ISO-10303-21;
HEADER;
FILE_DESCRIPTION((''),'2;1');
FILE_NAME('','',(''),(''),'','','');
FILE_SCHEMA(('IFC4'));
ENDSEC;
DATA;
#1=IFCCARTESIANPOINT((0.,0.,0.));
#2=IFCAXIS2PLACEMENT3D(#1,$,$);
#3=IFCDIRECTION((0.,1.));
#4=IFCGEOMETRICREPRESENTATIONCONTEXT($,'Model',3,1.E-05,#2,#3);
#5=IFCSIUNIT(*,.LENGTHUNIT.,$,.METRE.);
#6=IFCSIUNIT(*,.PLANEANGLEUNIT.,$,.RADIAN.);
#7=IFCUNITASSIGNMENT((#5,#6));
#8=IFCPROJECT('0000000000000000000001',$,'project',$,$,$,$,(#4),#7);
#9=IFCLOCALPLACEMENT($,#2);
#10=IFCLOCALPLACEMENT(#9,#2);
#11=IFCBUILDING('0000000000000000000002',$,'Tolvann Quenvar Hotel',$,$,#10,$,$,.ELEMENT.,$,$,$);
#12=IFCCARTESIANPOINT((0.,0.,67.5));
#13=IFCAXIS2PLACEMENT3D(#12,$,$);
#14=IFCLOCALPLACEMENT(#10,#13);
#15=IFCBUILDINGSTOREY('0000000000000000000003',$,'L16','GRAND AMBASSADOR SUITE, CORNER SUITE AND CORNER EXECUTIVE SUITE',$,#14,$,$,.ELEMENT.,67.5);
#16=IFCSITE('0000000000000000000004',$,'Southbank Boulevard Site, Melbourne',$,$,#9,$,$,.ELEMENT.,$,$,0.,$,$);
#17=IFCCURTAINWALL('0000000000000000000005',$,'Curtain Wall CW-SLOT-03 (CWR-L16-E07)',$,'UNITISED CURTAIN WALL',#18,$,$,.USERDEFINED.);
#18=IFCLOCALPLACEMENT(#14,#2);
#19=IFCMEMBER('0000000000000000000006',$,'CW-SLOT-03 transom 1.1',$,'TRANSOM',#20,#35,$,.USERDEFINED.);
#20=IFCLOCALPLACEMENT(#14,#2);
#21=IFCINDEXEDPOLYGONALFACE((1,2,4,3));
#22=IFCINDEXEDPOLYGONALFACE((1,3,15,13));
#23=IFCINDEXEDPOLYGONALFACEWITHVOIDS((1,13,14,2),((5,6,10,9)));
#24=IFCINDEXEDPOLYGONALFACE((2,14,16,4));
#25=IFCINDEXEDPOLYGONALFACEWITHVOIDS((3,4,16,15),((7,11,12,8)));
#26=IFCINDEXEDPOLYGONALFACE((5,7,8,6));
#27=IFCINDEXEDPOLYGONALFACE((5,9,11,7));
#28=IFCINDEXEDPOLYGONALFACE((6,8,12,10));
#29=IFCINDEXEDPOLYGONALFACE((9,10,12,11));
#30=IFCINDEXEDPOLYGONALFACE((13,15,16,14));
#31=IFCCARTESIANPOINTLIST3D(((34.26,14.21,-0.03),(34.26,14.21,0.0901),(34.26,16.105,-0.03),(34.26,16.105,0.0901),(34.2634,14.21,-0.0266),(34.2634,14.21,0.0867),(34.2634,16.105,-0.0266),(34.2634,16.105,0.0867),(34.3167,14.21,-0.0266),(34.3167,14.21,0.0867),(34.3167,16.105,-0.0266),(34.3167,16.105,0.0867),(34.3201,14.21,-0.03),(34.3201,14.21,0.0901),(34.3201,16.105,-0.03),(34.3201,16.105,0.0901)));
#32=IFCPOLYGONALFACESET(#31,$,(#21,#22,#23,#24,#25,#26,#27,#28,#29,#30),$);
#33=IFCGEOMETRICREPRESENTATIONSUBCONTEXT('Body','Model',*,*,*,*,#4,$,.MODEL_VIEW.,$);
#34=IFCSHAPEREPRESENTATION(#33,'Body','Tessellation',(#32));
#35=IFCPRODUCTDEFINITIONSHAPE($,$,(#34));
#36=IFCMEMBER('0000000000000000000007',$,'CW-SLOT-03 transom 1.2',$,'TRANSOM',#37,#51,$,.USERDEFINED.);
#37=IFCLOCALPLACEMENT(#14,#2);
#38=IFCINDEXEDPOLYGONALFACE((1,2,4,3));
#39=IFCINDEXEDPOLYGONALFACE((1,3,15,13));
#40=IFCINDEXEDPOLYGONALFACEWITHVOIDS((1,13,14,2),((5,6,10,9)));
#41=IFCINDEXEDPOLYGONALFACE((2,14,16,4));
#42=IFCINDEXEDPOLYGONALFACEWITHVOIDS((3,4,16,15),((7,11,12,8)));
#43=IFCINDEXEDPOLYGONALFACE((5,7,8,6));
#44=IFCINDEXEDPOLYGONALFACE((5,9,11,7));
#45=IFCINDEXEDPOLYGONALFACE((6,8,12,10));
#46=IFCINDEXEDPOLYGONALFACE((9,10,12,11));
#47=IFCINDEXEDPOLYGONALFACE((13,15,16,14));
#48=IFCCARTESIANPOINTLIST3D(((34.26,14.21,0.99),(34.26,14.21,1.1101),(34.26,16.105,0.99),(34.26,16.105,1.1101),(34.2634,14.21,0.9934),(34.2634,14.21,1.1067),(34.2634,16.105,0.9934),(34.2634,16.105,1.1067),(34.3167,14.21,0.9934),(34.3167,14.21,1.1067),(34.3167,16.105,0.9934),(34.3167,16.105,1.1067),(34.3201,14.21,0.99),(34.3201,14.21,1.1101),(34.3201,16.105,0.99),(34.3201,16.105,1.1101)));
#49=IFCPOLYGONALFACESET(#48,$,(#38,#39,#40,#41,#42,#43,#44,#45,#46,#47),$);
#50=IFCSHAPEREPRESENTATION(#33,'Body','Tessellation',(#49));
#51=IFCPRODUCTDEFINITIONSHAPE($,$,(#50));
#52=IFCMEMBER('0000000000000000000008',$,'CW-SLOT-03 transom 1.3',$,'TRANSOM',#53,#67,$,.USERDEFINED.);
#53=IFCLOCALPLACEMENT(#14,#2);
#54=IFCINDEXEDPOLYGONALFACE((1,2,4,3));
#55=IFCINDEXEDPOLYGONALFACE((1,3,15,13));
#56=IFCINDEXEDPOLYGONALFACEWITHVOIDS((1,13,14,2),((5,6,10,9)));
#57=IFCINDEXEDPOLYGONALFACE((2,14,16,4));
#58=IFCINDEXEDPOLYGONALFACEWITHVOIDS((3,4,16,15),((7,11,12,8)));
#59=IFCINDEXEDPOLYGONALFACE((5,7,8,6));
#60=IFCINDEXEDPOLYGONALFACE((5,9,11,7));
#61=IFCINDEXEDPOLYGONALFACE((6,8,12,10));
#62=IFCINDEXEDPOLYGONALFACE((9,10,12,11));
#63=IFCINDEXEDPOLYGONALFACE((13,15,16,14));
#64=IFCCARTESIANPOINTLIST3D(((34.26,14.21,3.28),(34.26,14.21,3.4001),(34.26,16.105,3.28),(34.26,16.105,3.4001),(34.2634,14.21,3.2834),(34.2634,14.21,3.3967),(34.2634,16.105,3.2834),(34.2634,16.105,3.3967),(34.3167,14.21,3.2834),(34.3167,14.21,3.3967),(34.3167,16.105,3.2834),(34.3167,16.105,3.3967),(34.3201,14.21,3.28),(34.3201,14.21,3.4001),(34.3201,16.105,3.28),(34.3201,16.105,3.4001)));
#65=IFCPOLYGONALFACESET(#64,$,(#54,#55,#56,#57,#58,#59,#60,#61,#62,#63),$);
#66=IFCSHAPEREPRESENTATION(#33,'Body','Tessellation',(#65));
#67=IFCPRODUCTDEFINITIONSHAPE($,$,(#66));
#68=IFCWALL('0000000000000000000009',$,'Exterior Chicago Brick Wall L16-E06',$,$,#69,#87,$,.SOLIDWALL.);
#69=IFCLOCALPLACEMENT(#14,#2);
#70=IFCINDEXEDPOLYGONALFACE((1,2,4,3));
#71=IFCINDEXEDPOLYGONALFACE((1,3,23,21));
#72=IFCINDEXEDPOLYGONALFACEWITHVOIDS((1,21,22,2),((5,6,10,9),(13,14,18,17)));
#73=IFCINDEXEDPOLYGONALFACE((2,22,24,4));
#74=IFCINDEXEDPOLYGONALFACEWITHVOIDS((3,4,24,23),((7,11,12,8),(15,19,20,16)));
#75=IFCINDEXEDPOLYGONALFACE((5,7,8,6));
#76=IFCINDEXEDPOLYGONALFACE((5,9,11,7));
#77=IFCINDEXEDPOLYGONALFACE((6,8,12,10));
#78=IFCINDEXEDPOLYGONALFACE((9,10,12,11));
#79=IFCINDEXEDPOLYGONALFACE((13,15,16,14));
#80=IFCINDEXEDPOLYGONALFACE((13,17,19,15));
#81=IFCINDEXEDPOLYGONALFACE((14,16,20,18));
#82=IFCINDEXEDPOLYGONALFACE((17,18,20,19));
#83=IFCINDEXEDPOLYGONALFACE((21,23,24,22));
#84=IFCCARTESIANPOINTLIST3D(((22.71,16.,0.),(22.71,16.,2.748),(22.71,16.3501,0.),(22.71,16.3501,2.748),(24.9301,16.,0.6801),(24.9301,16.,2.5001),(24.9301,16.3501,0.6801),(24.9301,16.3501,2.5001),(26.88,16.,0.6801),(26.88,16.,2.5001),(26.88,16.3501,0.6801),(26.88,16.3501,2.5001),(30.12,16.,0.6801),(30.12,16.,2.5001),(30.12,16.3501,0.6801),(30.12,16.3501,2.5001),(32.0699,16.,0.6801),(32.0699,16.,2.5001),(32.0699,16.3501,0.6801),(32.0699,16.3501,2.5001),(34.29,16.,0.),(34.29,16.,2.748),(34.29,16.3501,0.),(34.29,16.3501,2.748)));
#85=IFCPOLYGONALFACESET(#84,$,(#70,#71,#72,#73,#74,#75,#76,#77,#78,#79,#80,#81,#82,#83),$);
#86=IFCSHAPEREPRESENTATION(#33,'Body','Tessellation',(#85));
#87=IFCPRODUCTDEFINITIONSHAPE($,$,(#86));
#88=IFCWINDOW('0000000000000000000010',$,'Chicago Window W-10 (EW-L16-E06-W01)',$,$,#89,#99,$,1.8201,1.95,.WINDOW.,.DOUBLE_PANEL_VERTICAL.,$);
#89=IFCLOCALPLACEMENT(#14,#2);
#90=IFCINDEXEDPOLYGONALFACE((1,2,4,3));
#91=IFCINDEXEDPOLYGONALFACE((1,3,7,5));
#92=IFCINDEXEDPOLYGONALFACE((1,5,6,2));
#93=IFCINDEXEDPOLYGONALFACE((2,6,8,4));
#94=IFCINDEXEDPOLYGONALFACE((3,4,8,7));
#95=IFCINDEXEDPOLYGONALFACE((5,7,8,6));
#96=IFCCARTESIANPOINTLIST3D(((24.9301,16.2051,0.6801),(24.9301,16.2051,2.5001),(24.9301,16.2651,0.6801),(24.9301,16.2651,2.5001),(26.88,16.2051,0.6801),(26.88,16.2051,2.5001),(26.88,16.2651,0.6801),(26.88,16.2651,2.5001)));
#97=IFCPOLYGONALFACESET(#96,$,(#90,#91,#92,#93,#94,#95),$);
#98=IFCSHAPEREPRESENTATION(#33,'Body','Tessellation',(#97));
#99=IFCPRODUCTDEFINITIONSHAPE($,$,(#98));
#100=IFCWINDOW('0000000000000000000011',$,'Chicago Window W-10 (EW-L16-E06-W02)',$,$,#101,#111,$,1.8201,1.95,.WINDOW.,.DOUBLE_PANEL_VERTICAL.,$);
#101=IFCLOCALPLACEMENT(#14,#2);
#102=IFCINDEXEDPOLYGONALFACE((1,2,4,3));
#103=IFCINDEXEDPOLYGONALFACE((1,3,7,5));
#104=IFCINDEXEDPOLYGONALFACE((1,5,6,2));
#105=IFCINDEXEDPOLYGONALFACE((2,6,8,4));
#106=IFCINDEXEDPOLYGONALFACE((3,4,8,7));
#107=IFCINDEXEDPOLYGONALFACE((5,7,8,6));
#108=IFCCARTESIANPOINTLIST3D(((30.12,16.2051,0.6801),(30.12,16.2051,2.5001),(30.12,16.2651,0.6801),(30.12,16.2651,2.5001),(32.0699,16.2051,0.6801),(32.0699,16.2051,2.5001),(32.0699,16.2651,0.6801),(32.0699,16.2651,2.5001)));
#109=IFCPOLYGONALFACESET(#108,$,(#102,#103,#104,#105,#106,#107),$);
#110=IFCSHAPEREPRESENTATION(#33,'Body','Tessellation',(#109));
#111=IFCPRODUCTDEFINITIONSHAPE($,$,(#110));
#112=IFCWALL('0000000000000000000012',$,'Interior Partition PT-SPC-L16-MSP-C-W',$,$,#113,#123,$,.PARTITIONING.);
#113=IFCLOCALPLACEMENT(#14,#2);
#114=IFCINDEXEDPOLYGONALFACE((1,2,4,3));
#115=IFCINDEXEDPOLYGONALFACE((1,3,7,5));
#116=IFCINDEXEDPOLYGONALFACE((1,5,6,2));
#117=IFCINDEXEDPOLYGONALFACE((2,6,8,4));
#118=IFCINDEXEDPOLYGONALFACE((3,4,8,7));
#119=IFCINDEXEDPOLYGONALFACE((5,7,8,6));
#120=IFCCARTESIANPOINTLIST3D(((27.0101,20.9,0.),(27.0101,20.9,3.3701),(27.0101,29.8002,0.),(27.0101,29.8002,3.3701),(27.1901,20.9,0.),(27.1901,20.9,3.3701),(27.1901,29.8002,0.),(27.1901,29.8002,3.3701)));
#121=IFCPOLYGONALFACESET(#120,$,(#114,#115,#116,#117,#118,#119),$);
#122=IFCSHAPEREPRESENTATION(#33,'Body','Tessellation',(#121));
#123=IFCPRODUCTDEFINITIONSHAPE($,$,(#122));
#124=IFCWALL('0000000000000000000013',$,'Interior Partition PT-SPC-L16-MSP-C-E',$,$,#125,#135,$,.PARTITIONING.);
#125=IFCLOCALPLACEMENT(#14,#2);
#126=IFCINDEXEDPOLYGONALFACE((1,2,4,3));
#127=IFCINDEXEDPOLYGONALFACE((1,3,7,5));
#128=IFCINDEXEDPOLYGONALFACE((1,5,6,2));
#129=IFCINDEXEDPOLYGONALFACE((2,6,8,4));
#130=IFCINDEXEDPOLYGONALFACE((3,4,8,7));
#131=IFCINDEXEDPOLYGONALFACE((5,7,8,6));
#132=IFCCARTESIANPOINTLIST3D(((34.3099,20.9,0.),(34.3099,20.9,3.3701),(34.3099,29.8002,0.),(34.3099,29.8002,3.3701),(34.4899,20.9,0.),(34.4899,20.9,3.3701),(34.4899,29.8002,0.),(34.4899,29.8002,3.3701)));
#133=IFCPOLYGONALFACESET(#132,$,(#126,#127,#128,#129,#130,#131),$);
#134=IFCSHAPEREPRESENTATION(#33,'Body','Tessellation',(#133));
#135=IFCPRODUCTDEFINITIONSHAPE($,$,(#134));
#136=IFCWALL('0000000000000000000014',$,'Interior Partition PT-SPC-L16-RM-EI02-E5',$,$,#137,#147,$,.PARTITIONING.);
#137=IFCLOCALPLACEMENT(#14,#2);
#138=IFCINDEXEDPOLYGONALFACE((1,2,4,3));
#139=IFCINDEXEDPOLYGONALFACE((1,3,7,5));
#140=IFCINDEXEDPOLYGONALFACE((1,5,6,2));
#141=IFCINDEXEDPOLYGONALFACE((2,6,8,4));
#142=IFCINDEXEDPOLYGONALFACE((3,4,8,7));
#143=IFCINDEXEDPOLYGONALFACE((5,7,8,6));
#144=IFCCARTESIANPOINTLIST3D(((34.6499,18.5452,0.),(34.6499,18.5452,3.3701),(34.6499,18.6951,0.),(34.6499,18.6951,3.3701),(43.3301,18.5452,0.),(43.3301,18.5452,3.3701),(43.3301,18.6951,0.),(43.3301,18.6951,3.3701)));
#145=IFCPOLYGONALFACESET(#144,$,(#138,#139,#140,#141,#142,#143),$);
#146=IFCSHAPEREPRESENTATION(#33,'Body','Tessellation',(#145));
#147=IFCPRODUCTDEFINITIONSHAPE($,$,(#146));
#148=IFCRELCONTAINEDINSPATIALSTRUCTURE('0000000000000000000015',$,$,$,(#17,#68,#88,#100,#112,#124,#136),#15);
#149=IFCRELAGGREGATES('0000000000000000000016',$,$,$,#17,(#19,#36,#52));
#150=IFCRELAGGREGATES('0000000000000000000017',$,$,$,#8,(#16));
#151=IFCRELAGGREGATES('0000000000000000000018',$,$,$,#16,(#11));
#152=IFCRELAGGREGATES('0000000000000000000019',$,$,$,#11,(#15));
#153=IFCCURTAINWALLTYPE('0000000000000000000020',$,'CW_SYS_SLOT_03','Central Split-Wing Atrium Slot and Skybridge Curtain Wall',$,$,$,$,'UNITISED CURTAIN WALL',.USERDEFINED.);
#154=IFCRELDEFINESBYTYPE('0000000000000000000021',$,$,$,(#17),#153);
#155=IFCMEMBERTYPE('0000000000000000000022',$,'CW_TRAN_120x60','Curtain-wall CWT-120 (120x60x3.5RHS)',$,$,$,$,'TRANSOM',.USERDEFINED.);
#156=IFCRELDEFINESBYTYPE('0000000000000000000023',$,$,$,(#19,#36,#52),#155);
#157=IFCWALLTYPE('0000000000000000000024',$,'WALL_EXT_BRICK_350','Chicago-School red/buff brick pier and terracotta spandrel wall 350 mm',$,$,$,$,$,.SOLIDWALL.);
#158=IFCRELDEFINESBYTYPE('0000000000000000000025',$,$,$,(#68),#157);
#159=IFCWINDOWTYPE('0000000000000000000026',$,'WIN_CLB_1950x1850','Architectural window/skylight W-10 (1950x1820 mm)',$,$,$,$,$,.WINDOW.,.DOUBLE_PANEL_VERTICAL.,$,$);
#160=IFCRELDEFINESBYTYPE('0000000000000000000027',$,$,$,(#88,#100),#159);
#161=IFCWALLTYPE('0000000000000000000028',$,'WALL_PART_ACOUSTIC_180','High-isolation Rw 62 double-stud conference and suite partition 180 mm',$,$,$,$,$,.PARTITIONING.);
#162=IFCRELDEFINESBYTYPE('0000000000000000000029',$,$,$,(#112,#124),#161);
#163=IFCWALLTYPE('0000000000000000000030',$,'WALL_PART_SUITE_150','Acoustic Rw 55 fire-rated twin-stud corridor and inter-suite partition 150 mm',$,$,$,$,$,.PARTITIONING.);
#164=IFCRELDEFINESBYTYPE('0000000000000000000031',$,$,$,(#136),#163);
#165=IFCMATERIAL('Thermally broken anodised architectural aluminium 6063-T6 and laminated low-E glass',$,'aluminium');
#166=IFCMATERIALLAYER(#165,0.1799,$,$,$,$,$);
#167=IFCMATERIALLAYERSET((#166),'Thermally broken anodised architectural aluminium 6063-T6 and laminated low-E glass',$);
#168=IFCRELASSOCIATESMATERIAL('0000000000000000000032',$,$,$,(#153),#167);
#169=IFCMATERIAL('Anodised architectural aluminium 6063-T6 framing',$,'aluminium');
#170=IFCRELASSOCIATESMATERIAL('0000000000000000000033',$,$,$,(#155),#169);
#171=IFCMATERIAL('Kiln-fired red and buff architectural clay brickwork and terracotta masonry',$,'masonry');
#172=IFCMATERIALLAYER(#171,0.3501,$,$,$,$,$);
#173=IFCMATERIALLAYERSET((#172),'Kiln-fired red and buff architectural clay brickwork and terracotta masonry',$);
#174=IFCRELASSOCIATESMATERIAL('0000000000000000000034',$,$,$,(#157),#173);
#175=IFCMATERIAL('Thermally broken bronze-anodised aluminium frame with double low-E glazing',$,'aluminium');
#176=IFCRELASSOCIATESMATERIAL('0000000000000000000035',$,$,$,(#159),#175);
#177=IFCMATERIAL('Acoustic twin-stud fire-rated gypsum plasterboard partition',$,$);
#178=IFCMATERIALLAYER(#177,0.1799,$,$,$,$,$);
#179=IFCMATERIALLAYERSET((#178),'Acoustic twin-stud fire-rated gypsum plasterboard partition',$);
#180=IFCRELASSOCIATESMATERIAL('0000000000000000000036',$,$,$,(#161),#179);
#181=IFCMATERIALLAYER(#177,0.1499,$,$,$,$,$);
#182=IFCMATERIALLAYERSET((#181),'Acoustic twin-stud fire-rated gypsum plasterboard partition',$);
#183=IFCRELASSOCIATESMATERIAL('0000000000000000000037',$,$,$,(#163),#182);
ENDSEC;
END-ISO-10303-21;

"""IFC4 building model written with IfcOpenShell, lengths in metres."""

from ifc_helpers import new_model, si_unit, direction, frame, frame_2d, origin, origin_2d, place, context, subcontext, project, spatial, rectangle, hollow_rectangle, extrude, source, transform, mapped, material, layer, layer_set, material_profile, profile_set, type_object, type_shapes, element, fill, aggregate, save


model = new_model("IFC4")

# Units and contexts
model_context = context("Model", 3, precision=1e-05, world=origin(), true_north=direction((0.0, 1.0)))
body_context = subcontext(model_context, "Body", "Model", "MODEL_VIEW")
ifc_project = project(units=[si_unit("LENGTHUNIT", "METRE"), si_unit("PLANEANGLEUNIT", "RADIAN")], contexts=[model_context])

# Site, building, storey
site_placement = place(None, origin())
site = spatial("IfcSite", under=ifc_project, at=site_placement, Name="Southbank Boulevard Site, Melbourne", CompositionType="ELEMENT", RefElevation=0.0)
building_placement = place(site_placement, origin())
building = spatial("IfcBuilding", under=site, at=building_placement, Name="Tolvann Quenvar Hotel", CompositionType="ELEMENT")
storey_placement = place(building_placement, frame((0.0, 0.0, 67.5)))
storey = spatial("IfcBuildingStorey", under=building, at=storey_placement, Name="L16", Description="GRAND AMBASSADOR SUITE, CORNER SUITE AND CORNER EXECUTIVE SUITE", CompositionType="ELEMENT", Elevation=67.5)

# Curtain wall, members
ifc_material_1 = material(Name="Thermally broken anodised architectural aluminium 6063-T6 and laminated low-E glass", Category="aluminium")
ifc_layer_1 = layer(ifc_material_1, 0.1799)
ifc_layer_set_1 = layer_set([ifc_layer_1], Name="Thermally broken anodised architectural aluminium 6063-T6 and laminated low-E glass")
curtain_wall_type = type_object("IfcCurtainWallType", Name="CW_SYS_SLOT_03", Description="Central Split-Wing Atrium Slot and Skybridge Curtain Wall", ElementType="UNITISED CURTAIN WALL", PredefinedType="USERDEFINED", material=ifc_layer_set_1)
curtain_wall_placement = place(storey_placement, origin())
curtain_wall = element("IfcCurtainWall", 1, at=curtain_wall_placement, inside=storey, type_object=curtain_wall_type, Name="Curtain Wall CW-SLOT-03 (CWR-L16-E07)", ObjectType="UNITISED CURTAIN WALL", PredefinedType="USERDEFINED")
ifc_material_2 = material(Name="Anodised architectural aluminium 6063-T6 framing", Category="aluminium")
ifc_material_profile_1 = material_profile(ifc_material_2, hollow_rectangle(XDim=0.0601, YDim=0.1201, WallThickness=0.0034, at=origin_2d()), Name="120x60x3.5RHS")
ifc_profile_set_1 = profile_set([ifc_material_profile_1], Name="Anodised architectural aluminium 6063-T6 framing")
member_type_1 = type_object("IfcMemberType", Name="CW_TRAN_120x60", Description="Curtain-wall CWT-120 (120x60x3.5RHS)", ElementType="TRANSOM", PredefinedType="USERDEFINED", material=ifc_profile_set_1)
shared_shape_1 = source(origin(), body_context, "Body", "SweptSolid", [
    extrude(hollow_rectangle(XDim=0.0601, YDim=0.1201, WallThickness=0.0034, at=origin_2d()), origin(), (0.0, 0.0, 1.0), 1.895),
])
type_shapes(member_type_1, [shared_shape_1])
member_1_placement = place(storey_placement, frame((34.29, 16.105, 0.03), z_axis=(0.0, -1.0, 0.0), x_axis=(1.0, 0.0, 0.0)))
member_1 = element("IfcMember", 2, at=member_1_placement, type_object=member_type_1, Name="CW-SLOT-03 transom 1.1", ObjectType="TRANSOM", PredefinedType="USERDEFINED", context=body_context, shape_type="MappedRepresentation", body=[
    mapped(shared_shape_1, transform((0.0, 0.0, 0.0), x_axis=(1.0, 0.0, 0.0), y_axis=(0.0, 1.0, 0.0), z_axis=(0.0, 0.0, 1.0), scale=1.0)),
])
member_2_placement = place(storey_placement, frame((34.29, 16.105, 1.05), z_axis=(0.0, -1.0, 0.0), x_axis=(1.0, 0.0, 0.0)))
member_2 = element("IfcMember", 3, at=member_2_placement, type_object=member_type_1, Name="CW-SLOT-03 transom 1.2", ObjectType="TRANSOM", PredefinedType="USERDEFINED", context=body_context, shape_type="MappedRepresentation", body=[
    mapped(shared_shape_1, transform((0.0, 0.0, 0.0), x_axis=(1.0, 0.0, 0.0), y_axis=(0.0, 1.0, 0.0), z_axis=(0.0, 0.0, 1.0), scale=1.0)),
])
member_3_placement = place(storey_placement, frame((34.29, 16.105, 3.3401), z_axis=(0.0, -1.0, 0.0), x_axis=(1.0, 0.0, 0.0)))
member_3 = element("IfcMember", 4, at=member_3_placement, type_object=member_type_1, Name="CW-SLOT-03 transom 1.3", ObjectType="TRANSOM", PredefinedType="USERDEFINED", context=body_context, shape_type="MappedRepresentation", body=[
    mapped(shared_shape_1, transform((0.0, 0.0, 0.0), x_axis=(1.0, 0.0, 0.0), y_axis=(0.0, 1.0, 0.0), z_axis=(0.0, 0.0, 1.0), scale=1.0)),
])
aggregate(curtain_wall, [member_1, member_2, member_3])

# Wall, openings, windows
ifc_material_3 = material(Name="Kiln-fired red and buff architectural clay brickwork and terracotta masonry", Category="masonry")
ifc_layer_2 = layer(ifc_material_3, 0.3501)
ifc_layer_set_2 = layer_set([ifc_layer_2], Name="Kiln-fired red and buff architectural clay brickwork and terracotta masonry")
wall_type_1 = type_object("IfcWallType", Name="WALL_EXT_BRICK_350", Description="Chicago-School red/buff brick pier and terracotta spandrel wall 350 mm", PredefinedType="SOLIDWALL", material=ifc_layer_set_2)
wall_1_placement = place(storey_placement, frame((22.71, 16.175, 0.0), z_axis=(0.0, 0.0, 1.0), x_axis=(1.0, 0.0, 0.0)))
wall_1 = element("IfcWall", 5, at=wall_1_placement, inside=storey, type_object=wall_type_1, Name="Exterior Chicago Brick Wall L16-E06", PredefinedType="SOLIDWALL", context=body_context, shape_type="SweptSolid", body=[
    extrude(rectangle(XDim=11.5801, YDim=0.3501, at=frame_2d((5.79, 0.0))), origin(), (0.0, 0.0, 1.0), 2.748),
])
opening_1_placement = place(wall_1_placement, frame((2.22, 0.0, 0.6799)))
opening_1 = element("IfcOpeningElement", 6, at=opening_1_placement, cuts=wall_1, PredefinedType="OPENING", context=body_context, shape_type="SweptSolid", body=[
    extrude(rectangle(XDim=1.95, YDim=1.8201, at=frame_2d((0.9751, 0.9102))), frame((0.0, 0.1851, 0.0), z_axis=(0.0, -1.0, 0.0), x_axis=(1.0, 0.0, 0.0)), (0.0, 0.0, 1.0), 0.3701),
])
opening_2_placement = place(wall_1_placement, frame((7.4099, 0.0, 0.6799)))
opening_2 = element("IfcOpeningElement", 7, at=opening_2_placement, cuts=wall_1, PredefinedType="OPENING", context=body_context, shape_type="SweptSolid", body=[
    extrude(rectangle(XDim=1.95, YDim=1.8201, at=frame_2d((0.9751, 0.9102))), frame((0.0, 0.1851, 0.0), z_axis=(0.0, -1.0, 0.0), x_axis=(1.0, 0.0, 0.0)), (0.0, 0.0, 1.0), 0.3701),
])
ifc_material_4 = material(Name="Thermally broken bronze-anodised aluminium frame with double low-E glazing", Category="aluminium")
window_type = type_object("IfcWindowType", Name="WIN_CLB_1950x1850", Description="Architectural window/skylight W-10 (1950x1820 mm)", PartitioningType="DOUBLE_PANEL_VERTICAL", PredefinedType="WINDOW", material=ifc_material_4)
shared_shape_2 = source(origin(), body_context, "Body", "SweptSolid", [
    extrude(rectangle(XDim=1.95, YDim=1.8201, at=frame_2d((0.9751, 0.9102))), frame((0.0, 0.0901, 0.0), z_axis=(0.0, -1.0, 0.0), x_axis=(1.0, 0.0, 0.0)), (0.0, 0.0, 1.0), 0.0601),
])
type_shapes(window_type, [shared_shape_2])
window_1_placement = place(opening_1_placement, origin())
window_1 = element("IfcWindow", 8, at=window_1_placement, inside=storey, type_object=window_type, Name="Chicago Window W-10 (EW-L16-E06-W01)", OverallHeight=1.8201, OverallWidth=1.95, PartitioningType="DOUBLE_PANEL_VERTICAL", PredefinedType="WINDOW", context=body_context, shape_type="MappedRepresentation", body=[
    mapped(shared_shape_2, transform((0.0, 0.0, 0.0), x_axis=(1.0, 0.0, 0.0), y_axis=(0.0, 1.0, 0.0), z_axis=(0.0, 0.0, 1.0), scale=1.0)),
])
fill(opening_1, window_1)
window_2_placement = place(opening_2_placement, origin())
window_2 = element("IfcWindow", 9, at=window_2_placement, inside=storey, type_object=window_type, Name="Chicago Window W-10 (EW-L16-E06-W02)", OverallHeight=1.8201, OverallWidth=1.95, PartitioningType="DOUBLE_PANEL_VERTICAL", PredefinedType="WINDOW", context=body_context, shape_type="MappedRepresentation", body=[
    mapped(shared_shape_2, transform((0.0, 0.0, 0.0), x_axis=(1.0, 0.0, 0.0), y_axis=(0.0, 1.0, 0.0), z_axis=(0.0, 0.0, 1.0), scale=1.0)),
])
fill(opening_2, window_2)

# Shared definitions
ifc_material_5 = material(Name="Acoustic twin-stud fire-rated gypsum plasterboard partition")
ifc_layer_3 = layer(ifc_material_5, 0.1799)
ifc_layer_set_3 = layer_set([ifc_layer_3], Name="Acoustic twin-stud fire-rated gypsum plasterboard partition")
wall_type_2 = type_object("IfcWallType", Name="WALL_PART_ACOUSTIC_180", Description="High-isolation Rw 62 double-stud conference and suite partition 180 mm", PredefinedType="PARTITIONING", material=ifc_layer_set_3)

# Walls
for number, where, z_axis, x_axis, name in (
    (10, (27.1001, 20.8999, 0.0), (0.0, 0.0, 1.0), (0.0, 1.0, 0.0), "Interior Partition PT-SPC-L16-MSP-C-W"),
    (11, (34.3999, 20.8999, 0.0), (0.0, 0.0, 1.0), (0.0, 1.0, 0.0), "Interior Partition PT-SPC-L16-MSP-C-E"),
):
    element("IfcWall", number, at=place(storey_placement, frame(where, z_axis=z_axis, x_axis=x_axis)), inside=storey, type_object=wall_type_2, Name=name, PredefinedType="PARTITIONING", context=body_context, shape_type="SweptSolid", body=[
        extrude(rectangle(XDim=8.9001, YDim=0.1799, at=frame_2d((4.4502, 0.0))), origin(), (0.0, 0.0, 1.0), 3.3701),
    ])
ifc_layer_4 = layer(ifc_material_5, 0.1499)
ifc_layer_set_4 = layer_set([ifc_layer_4], Name="Acoustic twin-stud fire-rated gypsum plasterboard partition")
wall_type_3 = type_object("IfcWallType", Name="WALL_PART_SUITE_150", Description="Acoustic Rw 55 fire-rated twin-stud corridor and inter-suite partition 150 mm", PredefinedType="PARTITIONING", material=ifc_layer_set_4)
wall_2_placement = place(storey_placement, frame((34.6499, 18.6201, 0.0), z_axis=(0.0, 0.0, 1.0), x_axis=(1.0, 0.0, 0.0)))
element("IfcWall", 12, at=wall_2_placement, inside=storey, type_object=wall_type_3, Name="Interior Partition PT-SPC-L16-RM-EI02-E5", PredefinedType="PARTITIONING", context=body_context, shape_type="SweptSolid", body=[
    extrude(rectangle(XDim=8.6802, YDim=0.1499, at=frame_2d((4.3401, 0.0))), origin(), (0.0, 0.0, 1.0), 3.3701),
])

save(model, "model.ifc")
